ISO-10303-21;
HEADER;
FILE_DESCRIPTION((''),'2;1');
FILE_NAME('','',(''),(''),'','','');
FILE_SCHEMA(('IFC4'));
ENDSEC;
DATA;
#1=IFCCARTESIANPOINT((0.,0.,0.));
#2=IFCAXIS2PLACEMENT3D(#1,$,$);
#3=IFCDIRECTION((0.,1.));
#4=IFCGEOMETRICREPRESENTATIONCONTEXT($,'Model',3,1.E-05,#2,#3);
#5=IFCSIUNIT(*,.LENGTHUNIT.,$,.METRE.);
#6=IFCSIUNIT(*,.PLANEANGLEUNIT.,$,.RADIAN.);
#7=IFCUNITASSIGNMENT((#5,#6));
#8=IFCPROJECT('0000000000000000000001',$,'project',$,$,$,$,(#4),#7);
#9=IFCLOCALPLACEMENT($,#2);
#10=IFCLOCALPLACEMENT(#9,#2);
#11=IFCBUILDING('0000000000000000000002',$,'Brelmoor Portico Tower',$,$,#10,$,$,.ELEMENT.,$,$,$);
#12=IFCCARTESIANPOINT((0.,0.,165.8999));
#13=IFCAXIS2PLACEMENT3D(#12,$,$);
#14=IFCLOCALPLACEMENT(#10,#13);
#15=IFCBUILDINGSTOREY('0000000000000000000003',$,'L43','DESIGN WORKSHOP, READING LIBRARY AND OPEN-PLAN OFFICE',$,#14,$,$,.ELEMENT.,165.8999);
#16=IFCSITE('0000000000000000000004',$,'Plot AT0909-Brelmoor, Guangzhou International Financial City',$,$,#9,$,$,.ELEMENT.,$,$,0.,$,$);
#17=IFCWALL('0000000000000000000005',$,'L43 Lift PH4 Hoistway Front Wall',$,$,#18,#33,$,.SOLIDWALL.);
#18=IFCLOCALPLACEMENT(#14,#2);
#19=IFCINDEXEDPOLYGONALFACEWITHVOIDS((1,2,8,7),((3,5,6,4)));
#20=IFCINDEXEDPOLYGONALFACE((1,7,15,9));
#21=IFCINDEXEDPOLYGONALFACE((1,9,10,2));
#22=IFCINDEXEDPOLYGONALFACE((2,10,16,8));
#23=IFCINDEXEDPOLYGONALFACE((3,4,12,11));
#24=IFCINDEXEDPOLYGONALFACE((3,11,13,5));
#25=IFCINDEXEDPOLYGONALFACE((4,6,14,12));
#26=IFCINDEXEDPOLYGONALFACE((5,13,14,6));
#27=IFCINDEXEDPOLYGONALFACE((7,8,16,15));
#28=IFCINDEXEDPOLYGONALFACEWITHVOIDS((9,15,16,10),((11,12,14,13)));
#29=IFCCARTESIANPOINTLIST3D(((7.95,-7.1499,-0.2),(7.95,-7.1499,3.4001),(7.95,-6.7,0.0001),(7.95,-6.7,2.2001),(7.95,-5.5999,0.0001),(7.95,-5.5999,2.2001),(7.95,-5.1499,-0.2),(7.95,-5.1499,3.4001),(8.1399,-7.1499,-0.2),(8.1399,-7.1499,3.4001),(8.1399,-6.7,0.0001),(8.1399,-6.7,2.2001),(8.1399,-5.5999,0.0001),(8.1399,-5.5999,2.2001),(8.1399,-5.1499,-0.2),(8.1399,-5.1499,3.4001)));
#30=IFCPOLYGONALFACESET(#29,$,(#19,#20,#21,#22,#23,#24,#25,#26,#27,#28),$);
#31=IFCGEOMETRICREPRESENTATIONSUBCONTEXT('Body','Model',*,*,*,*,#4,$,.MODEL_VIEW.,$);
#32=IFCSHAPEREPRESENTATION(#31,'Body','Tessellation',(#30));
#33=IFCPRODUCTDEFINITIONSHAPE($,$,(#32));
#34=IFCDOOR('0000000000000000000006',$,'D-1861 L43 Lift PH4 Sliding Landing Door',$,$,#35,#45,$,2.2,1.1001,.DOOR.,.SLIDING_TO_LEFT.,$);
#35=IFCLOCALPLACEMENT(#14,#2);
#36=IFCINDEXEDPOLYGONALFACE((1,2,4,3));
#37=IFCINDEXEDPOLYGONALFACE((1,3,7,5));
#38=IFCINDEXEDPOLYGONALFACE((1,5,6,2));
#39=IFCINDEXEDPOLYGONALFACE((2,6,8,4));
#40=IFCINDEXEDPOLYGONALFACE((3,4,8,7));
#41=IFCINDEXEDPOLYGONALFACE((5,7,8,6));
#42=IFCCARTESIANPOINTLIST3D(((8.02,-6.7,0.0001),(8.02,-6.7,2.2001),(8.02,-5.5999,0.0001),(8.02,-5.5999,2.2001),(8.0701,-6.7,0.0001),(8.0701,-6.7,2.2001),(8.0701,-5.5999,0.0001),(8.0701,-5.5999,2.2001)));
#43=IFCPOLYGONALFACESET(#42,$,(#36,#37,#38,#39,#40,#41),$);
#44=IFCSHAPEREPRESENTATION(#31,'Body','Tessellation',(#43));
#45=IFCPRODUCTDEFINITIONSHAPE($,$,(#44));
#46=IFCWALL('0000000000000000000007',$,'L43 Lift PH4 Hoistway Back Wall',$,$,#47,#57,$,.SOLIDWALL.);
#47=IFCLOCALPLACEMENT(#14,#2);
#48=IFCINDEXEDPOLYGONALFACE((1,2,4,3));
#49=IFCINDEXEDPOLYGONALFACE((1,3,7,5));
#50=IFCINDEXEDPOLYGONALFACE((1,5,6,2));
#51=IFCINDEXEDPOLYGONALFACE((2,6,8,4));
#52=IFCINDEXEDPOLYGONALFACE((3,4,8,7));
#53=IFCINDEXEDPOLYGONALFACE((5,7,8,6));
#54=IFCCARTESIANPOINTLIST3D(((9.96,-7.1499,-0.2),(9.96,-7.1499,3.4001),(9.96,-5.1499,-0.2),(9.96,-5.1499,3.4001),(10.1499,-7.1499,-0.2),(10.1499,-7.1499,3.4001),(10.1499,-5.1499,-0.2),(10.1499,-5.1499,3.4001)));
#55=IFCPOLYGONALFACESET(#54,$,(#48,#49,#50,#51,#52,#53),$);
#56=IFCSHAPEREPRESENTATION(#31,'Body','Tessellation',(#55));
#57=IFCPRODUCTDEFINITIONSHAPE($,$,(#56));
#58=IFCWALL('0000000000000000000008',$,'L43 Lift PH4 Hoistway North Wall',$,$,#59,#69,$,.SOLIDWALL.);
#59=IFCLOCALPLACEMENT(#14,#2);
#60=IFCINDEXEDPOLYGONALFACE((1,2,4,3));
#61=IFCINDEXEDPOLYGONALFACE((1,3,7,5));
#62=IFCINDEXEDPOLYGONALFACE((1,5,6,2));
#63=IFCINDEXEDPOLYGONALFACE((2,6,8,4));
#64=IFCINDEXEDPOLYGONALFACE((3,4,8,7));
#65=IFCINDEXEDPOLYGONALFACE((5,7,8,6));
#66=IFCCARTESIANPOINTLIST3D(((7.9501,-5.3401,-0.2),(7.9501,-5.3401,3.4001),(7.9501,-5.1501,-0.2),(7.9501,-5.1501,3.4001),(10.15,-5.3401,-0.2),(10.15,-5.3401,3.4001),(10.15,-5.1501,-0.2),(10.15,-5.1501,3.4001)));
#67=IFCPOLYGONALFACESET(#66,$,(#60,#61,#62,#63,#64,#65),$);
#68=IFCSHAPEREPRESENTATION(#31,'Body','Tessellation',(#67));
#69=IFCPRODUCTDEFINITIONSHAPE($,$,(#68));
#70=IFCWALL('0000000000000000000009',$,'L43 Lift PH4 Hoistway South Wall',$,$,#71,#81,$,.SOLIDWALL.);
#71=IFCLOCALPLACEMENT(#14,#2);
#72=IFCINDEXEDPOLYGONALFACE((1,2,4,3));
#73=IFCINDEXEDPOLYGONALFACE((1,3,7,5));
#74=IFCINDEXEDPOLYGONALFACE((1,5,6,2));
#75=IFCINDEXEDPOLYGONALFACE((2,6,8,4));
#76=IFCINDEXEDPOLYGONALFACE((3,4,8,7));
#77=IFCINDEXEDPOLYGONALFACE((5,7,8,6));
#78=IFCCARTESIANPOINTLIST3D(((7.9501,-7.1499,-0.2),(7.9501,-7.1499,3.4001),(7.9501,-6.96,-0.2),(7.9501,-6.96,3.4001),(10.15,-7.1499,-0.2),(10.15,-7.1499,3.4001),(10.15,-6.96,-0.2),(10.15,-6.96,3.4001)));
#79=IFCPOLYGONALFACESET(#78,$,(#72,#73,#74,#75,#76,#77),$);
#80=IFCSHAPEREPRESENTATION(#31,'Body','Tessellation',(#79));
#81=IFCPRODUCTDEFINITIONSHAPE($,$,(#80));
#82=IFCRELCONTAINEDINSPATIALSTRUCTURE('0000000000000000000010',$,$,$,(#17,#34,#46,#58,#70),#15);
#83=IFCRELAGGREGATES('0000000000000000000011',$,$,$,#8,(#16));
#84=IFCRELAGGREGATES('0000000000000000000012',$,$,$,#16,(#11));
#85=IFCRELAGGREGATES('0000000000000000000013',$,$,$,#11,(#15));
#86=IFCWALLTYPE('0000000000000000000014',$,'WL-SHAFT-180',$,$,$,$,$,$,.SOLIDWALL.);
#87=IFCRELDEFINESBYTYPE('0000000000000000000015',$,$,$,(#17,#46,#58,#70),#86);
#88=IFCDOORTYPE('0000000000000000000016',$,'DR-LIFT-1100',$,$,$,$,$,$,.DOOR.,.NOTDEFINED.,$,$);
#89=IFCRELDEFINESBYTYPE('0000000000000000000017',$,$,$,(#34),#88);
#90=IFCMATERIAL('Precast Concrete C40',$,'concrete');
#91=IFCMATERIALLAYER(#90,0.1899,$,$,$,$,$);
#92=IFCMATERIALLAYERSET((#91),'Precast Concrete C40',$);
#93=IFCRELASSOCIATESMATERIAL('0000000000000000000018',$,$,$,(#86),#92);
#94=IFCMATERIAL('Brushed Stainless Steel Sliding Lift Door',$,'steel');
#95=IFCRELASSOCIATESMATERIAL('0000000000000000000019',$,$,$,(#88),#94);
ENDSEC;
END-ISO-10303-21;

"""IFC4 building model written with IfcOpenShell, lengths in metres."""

from ifc_helpers import new_model, si_unit, direction, frame, frame_2d, origin, place, context, subcontext, project, spatial, rectangle, extrude, material, layer, layer_set, type_object, element, fill, save


model = new_model("IFC4")

# Units and contexts
model_context = context("Model", 3, precision=1e-05, world=origin(), true_north=direction((0.0, 1.0)))
body_context = subcontext(model_context, "Body", "Model", "MODEL_VIEW")
ifc_project = project(units=[si_unit("LENGTHUNIT", "METRE"), si_unit("PLANEANGLEUNIT", "RADIAN")], contexts=[model_context])

# Site, building, storey
site_placement = place(None, origin())
site = spatial("IfcSite", under=ifc_project, at=site_placement, Name="Plot AT0909-Brelmoor, Guangzhou International Financial City", CompositionType="ELEMENT", RefElevation=0.0)
building_placement = place(site_placement, origin())
building = spatial("IfcBuilding", under=site, at=building_placement, Name="Brelmoor Portico Tower", CompositionType="ELEMENT")
storey_placement = place(building_placement, frame((0.0, 0.0, 165.8999)))
storey = spatial("IfcBuildingStorey", under=building, at=storey_placement, Name="L43", Description="DESIGN WORKSHOP, READING LIBRARY AND OPEN-PLAN OFFICE", CompositionType="ELEMENT", Elevation=165.8999)

# Shared definitions
ifc_material_1 = material(Name="Precast Concrete C40", Category="concrete")
ifc_layer_1 = layer(ifc_material_1, 0.1899)
ifc_layer_set_1 = layer_set([ifc_layer_1], Name="Precast Concrete C40")
wall_type_1 = type_object("IfcWallType", Name="WL-SHAFT-180", PredefinedType="SOLIDWALL", material=ifc_layer_set_1)
ifc_material_2 = material(Name="Brushed Stainless Steel Sliding Lift Door", Category="steel")
door_type_1 = type_object("IfcDoorType", Name="DR-LIFT-1100", OperationType="NOTDEFINED", PredefinedType="DOOR", material=ifc_material_2)

# Wall, opening, door
wall_1_placement = place(storey_placement, frame((8.0449, -7.1499, -0.2), z_axis=(0.0, 0.0, 1.0), x_axis=(0.0, 1.0, 0.0)))
wall_1 = element("IfcWall", 1, at=wall_1_placement, inside=storey, type_object=wall_type_1, Name="L43 Lift PH4 Hoistway Front Wall", PredefinedType="SOLIDWALL", context=body_context, shape_type="SweptSolid", body=[
    extrude(rectangle(XDim=2.0, YDim=0.1899, at=frame_2d((1.0, 0.0))), origin(), (0.0, 0.0, 1.0), 3.6001),
])
opening_1_placement = place(wall_1_placement, frame((0.45, 0.0, 0.2)))
opening_1 = element("IfcOpeningElement", 2, at=opening_1_placement, cuts=wall_1, PredefinedType="OPENING", context=body_context, shape_type="SweptSolid", body=[
    extrude(rectangle(XDim=1.1001, YDim=2.2, at=frame_2d((0.55, 1.1001))), frame((0.0, 0.105, 0.0), z_axis=(0.0, -1.0, 0.0), x_axis=(1.0, 0.0, 0.0)), (0.0, 0.0, 1.0), 0.21),
])
door_1_placement = place(opening_1_placement, origin())
door_1 = element("IfcDoor", 3, at=door_1_placement, inside=storey, type_object=door_type_1, Name="D-1861 L43 Lift PH4 Sliding Landing Door", OperationType="SLIDING_TO_LEFT", OverallHeight=2.2, OverallWidth=1.1001, PredefinedType="DOOR", context=body_context, shape_type="SweptSolid", body=[
    extrude(rectangle(XDim=1.1001, YDim=2.2, at=frame_2d((0.55, 1.1001))), frame((0.0, 0.0249, 0.0), z_axis=(0.0, -1.0, 0.0), x_axis=(1.0, 0.0, 0.0)), (0.0, 0.0, 1.0), 0.05),
])
fill(opening_1, door_1)

# Walls
wall_2_placement = place(storey_placement, frame((10.0549, -7.1499, -0.2), z_axis=(0.0, 0.0, 1.0), x_axis=(0.0, 1.0, 0.0)))
element("IfcWall", 4, at=wall_2_placement, inside=storey, type_object=wall_type_1, Name="L43 Lift PH4 Hoistway Back Wall", PredefinedType="SOLIDWALL", context=body_context, shape_type="SweptSolid", body=[
    extrude(rectangle(XDim=2.0, YDim=0.1899, at=frame_2d((1.0, 0.0))), origin(), (0.0, 0.0, 1.0), 3.6001),
])
for number, where, z_axis, x_axis, name in (
    (5, (7.95, -5.2451, -0.2), (0.0, 0.0, 1.0), (1.0, 0.0, 0.0), "L43 Lift PH4 Hoistway North Wall"),
    (6, (7.95, -7.0549, -0.2), (0.0, 0.0, 1.0), (1.0, 0.0, 0.0), "L43 Lift PH4 Hoistway South Wall"),
):
    element("IfcWall", number, at=place(storey_placement, frame(where, z_axis=z_axis, x_axis=x_axis)), inside=storey, type_object=wall_type_1, Name=name, PredefinedType="SOLIDWALL", context=body_context, shape_type="SweptSolid", body=[
        extrude(rectangle(XDim=2.2, YDim=0.1899, at=frame_2d((1.1001, 0.0))), origin(), (0.0, 0.0, 1.0), 3.6001),
    ])

save(model, "model.ifc")
